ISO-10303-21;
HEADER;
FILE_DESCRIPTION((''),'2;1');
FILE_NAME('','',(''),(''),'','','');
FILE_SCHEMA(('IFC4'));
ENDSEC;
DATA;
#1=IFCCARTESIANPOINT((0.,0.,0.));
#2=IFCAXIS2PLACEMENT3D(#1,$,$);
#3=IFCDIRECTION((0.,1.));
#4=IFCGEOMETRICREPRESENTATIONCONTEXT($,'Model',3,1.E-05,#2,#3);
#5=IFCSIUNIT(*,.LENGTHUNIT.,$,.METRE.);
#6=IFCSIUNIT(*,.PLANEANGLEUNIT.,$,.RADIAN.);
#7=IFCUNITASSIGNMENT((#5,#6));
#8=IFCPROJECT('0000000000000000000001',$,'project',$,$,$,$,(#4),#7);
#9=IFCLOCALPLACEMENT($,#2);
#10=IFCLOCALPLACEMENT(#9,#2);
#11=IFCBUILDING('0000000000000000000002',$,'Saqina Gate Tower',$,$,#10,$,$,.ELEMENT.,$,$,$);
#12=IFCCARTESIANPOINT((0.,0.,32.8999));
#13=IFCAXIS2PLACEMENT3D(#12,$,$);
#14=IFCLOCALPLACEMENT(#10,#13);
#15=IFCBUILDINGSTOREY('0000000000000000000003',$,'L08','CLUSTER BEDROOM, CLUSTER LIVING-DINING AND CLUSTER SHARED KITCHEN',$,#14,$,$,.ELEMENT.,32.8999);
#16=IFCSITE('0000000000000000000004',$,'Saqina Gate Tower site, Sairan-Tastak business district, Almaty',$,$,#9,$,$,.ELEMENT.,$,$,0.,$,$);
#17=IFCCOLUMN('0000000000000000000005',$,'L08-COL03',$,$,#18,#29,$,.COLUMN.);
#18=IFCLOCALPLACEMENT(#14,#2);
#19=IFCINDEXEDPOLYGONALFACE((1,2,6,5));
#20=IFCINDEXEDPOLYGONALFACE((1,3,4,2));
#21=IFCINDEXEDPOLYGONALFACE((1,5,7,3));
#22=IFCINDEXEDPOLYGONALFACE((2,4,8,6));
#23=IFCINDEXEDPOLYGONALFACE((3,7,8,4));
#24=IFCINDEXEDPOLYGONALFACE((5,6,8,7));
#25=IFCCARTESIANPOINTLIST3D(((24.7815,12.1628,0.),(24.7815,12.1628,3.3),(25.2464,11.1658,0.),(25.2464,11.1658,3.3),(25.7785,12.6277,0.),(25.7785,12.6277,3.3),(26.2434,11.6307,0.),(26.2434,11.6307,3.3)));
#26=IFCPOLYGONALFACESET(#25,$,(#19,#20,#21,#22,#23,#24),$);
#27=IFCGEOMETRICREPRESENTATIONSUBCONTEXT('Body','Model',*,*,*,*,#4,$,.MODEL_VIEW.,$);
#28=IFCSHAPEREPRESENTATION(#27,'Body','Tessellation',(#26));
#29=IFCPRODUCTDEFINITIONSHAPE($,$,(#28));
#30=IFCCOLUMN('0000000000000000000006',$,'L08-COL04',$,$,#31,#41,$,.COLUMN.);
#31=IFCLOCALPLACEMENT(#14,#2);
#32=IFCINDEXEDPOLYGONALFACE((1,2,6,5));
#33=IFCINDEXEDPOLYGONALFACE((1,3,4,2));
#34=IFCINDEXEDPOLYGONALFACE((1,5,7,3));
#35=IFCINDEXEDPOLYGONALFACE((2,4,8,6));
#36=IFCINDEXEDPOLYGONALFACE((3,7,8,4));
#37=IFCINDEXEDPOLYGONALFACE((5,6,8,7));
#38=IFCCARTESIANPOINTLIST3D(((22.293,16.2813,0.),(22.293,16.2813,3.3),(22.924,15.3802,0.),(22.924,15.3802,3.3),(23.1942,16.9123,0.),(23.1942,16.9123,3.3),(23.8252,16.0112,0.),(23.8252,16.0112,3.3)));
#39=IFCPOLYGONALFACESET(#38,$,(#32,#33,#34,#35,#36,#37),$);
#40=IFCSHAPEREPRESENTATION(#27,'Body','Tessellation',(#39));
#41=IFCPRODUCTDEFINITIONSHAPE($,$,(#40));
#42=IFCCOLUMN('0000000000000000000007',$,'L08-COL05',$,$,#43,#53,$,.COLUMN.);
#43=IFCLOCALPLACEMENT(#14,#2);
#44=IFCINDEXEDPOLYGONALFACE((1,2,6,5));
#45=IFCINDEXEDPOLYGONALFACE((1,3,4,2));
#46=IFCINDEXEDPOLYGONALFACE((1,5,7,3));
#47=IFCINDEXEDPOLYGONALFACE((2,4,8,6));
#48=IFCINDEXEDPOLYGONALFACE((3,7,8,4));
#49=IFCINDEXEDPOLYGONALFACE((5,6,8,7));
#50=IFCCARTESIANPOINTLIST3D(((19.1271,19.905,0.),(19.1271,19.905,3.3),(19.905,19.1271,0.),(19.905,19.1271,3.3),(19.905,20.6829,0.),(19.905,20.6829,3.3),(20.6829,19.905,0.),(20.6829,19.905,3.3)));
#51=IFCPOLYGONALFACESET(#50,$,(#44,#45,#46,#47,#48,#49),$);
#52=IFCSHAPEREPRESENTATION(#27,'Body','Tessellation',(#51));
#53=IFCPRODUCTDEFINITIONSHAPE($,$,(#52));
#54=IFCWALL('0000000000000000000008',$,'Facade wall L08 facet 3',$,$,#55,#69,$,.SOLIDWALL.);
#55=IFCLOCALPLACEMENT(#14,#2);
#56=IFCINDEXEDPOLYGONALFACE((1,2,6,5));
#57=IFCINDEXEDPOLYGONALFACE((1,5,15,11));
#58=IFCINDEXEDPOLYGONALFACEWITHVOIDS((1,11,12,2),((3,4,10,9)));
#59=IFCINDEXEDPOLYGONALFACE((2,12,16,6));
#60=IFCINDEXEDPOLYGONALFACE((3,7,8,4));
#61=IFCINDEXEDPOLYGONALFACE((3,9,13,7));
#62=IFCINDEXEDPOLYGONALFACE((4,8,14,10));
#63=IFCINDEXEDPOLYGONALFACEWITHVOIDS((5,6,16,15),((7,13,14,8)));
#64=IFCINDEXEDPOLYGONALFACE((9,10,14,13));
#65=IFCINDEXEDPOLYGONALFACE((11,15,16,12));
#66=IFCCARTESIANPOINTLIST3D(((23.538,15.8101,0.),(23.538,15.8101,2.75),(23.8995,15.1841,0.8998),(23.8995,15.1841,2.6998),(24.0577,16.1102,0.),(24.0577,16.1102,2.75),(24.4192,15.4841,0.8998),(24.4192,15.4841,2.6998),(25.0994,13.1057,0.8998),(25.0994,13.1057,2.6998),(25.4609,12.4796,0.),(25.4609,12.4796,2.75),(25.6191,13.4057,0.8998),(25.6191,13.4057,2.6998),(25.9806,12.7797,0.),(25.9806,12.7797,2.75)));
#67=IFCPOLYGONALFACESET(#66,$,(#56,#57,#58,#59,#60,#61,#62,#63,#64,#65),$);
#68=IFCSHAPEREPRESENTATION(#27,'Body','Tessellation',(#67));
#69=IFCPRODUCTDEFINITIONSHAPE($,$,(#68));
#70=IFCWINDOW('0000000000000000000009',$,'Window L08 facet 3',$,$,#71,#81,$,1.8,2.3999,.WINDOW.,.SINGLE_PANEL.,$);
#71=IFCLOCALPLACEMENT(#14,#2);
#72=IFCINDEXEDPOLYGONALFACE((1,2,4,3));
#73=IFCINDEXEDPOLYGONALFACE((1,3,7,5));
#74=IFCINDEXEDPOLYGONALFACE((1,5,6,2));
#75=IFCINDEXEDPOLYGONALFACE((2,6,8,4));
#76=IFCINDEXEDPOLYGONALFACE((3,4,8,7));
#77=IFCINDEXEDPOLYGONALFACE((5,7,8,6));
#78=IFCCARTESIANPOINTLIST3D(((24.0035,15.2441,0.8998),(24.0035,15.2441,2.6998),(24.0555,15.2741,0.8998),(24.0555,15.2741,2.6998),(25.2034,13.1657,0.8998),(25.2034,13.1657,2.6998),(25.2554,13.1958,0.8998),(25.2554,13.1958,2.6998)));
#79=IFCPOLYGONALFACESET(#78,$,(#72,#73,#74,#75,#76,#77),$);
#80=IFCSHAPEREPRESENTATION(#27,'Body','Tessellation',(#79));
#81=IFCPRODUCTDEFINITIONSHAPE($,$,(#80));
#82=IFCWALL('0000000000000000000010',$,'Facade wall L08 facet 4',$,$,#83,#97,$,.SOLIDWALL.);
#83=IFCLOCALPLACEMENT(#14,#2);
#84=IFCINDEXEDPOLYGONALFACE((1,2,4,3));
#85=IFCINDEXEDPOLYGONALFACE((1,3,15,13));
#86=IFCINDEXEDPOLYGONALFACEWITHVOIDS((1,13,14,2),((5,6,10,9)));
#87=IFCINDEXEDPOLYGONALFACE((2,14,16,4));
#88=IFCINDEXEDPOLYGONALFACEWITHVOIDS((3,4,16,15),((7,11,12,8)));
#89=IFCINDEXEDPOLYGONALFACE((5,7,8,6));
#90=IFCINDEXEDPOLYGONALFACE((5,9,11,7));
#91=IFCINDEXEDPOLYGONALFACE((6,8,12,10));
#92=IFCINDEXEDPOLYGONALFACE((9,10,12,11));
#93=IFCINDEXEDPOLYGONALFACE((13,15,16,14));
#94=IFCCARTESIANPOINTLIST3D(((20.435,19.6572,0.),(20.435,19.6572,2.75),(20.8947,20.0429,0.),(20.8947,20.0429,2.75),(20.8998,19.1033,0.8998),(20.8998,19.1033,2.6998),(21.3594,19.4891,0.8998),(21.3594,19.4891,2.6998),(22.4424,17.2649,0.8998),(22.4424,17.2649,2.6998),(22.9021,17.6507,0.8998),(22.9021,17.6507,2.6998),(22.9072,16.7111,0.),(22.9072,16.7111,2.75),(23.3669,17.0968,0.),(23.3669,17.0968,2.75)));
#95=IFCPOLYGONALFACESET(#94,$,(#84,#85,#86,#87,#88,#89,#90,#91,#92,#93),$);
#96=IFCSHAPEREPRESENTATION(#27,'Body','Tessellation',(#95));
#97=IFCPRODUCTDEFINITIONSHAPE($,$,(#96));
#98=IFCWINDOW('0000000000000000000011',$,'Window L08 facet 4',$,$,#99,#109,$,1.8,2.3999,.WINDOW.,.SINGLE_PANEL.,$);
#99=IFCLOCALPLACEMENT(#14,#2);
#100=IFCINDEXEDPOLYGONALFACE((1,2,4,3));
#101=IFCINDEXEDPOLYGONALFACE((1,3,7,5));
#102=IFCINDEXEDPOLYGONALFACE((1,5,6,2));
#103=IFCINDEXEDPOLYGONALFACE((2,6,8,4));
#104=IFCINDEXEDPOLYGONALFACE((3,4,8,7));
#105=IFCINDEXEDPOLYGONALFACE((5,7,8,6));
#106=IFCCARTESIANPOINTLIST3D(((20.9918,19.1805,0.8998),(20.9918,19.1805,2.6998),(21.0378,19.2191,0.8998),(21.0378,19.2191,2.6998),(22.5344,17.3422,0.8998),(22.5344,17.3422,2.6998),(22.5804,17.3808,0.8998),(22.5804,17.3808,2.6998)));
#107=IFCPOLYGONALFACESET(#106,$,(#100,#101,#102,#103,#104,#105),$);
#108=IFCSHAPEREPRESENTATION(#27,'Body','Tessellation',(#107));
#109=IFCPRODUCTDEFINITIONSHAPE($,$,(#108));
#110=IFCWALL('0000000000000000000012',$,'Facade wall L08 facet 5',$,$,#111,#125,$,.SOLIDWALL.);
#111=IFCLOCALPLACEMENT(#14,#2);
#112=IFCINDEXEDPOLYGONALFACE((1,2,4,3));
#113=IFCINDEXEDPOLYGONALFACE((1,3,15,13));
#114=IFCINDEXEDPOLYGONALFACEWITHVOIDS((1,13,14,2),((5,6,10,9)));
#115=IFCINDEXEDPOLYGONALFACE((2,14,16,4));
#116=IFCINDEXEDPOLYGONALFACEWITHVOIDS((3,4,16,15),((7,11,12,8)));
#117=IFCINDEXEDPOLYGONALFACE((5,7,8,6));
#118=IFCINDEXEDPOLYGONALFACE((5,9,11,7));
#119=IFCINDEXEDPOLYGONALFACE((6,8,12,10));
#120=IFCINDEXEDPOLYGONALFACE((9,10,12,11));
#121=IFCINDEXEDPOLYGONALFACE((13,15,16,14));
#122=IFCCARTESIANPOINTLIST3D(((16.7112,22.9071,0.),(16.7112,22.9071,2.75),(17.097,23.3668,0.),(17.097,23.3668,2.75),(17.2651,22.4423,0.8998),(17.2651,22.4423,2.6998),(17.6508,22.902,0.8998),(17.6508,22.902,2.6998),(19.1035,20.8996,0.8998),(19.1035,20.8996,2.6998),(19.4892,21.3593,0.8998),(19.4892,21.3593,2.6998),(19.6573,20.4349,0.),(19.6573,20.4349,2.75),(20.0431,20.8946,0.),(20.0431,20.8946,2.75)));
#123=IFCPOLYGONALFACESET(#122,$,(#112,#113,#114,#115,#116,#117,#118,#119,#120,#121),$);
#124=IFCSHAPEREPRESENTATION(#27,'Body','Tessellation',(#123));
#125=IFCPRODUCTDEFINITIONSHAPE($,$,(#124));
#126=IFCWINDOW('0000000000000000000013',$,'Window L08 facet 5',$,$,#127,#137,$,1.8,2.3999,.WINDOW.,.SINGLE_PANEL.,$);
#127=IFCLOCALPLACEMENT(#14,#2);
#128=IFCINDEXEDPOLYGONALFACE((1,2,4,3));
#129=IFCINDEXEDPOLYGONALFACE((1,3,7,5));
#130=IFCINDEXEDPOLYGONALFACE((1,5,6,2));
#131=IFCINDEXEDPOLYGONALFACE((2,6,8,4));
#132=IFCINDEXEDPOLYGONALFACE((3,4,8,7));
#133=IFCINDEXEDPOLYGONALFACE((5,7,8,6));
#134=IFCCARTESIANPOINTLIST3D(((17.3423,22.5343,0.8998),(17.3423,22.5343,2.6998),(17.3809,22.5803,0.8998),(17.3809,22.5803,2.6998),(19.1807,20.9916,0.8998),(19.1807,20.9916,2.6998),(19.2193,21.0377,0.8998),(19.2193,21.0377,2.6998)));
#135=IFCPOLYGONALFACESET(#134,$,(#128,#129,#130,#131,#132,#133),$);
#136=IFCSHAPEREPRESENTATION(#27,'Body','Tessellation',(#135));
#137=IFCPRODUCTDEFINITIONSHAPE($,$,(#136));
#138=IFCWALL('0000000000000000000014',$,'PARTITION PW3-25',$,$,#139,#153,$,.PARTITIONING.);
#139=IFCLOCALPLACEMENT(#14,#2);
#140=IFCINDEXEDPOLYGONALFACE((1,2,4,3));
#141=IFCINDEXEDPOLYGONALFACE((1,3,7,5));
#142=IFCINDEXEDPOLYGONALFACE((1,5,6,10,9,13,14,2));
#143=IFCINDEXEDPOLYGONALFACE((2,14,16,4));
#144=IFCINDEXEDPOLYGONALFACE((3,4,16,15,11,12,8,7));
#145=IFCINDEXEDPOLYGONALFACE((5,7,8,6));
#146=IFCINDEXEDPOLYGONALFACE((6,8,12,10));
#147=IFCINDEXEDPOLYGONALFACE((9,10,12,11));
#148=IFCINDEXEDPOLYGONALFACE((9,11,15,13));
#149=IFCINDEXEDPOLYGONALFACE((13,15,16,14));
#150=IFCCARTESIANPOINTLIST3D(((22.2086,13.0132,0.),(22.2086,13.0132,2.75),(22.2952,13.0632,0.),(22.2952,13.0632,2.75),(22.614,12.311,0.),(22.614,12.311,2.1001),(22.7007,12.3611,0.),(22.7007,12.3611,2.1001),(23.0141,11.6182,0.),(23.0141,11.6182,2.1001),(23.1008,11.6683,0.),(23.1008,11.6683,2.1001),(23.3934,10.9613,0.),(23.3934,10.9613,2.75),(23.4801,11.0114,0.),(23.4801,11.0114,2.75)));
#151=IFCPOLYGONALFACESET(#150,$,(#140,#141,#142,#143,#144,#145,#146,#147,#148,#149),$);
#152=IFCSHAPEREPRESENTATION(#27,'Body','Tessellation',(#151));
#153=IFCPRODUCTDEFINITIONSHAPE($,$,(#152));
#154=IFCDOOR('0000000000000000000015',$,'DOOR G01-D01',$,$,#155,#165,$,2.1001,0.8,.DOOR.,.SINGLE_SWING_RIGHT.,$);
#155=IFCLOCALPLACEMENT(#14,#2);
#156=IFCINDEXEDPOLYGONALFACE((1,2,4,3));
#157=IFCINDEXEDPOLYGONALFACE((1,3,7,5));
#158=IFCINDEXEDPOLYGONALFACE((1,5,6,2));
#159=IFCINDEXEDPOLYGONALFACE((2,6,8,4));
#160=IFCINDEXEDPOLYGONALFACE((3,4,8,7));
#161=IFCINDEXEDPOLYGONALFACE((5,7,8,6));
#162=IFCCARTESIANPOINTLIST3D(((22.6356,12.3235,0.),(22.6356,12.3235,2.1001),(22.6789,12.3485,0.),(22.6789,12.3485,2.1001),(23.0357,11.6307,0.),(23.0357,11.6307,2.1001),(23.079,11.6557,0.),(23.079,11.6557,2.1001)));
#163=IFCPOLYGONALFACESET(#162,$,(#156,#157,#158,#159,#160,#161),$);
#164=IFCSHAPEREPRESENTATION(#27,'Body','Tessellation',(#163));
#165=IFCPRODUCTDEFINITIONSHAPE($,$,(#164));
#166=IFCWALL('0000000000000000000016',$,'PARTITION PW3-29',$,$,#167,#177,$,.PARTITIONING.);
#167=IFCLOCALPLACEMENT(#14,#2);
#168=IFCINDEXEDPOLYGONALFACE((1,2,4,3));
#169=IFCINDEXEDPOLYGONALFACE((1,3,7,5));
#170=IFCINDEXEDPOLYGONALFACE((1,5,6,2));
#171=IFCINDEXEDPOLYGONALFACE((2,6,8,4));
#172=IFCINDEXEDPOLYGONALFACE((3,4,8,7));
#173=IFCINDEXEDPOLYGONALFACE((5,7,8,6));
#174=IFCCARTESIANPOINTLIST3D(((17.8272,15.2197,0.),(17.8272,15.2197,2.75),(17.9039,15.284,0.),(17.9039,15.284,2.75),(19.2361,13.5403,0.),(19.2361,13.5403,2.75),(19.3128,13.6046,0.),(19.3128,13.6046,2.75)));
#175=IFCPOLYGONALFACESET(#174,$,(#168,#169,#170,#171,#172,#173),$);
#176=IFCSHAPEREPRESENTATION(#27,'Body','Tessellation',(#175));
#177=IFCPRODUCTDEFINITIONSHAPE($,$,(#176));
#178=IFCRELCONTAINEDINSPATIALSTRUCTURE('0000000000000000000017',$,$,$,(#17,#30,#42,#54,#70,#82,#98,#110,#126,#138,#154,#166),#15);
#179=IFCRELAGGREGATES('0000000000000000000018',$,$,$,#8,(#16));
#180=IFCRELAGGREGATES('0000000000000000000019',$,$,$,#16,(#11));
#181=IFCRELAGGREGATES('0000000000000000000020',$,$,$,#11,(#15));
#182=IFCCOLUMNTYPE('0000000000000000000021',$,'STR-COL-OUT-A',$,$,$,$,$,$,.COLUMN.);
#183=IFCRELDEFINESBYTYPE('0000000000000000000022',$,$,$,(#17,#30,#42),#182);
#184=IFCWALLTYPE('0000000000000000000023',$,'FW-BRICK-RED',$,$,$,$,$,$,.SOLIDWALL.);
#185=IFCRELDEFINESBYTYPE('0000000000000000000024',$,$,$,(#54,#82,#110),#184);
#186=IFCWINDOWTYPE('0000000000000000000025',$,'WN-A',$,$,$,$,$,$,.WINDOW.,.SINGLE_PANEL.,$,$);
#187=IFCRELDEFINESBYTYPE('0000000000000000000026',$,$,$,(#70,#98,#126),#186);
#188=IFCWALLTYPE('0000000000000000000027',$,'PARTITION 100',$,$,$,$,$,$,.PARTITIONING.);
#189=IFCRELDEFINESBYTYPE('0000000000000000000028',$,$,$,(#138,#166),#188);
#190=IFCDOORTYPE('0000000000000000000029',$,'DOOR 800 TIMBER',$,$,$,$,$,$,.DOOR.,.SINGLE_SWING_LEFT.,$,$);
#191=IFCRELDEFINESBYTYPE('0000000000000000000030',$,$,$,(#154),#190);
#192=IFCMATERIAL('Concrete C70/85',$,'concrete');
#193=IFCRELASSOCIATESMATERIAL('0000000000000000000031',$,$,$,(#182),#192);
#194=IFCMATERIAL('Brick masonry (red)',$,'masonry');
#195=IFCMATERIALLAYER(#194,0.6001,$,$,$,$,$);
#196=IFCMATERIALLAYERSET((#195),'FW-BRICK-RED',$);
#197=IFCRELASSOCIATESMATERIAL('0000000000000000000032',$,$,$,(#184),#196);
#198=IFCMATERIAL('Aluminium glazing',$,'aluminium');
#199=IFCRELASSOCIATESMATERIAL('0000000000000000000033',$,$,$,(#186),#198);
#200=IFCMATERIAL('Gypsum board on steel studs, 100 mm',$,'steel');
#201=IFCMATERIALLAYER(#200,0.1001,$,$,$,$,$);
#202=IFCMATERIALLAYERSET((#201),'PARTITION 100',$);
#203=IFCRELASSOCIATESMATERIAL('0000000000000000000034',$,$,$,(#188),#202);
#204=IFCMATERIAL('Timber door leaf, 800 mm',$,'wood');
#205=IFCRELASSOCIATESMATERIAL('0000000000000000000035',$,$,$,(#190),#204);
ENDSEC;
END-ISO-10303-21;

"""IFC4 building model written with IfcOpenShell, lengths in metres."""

from ifc_helpers import new_model, si_unit, direction, frame, frame_2d, origin, origin_2d, place, context, subcontext, project, spatial, rectangle, extrude, material, layer, layer_set, material_profile, profile_set, type_object, element, fill, save


model = new_model("IFC4")

# Units and contexts
model_context = context("Model", 3, precision=1e-05, world=origin(), true_north=direction((0.0, 1.0)))
body_context = subcontext(model_context, "Body", "Model", "MODEL_VIEW")
ifc_project = project(units=[si_unit("LENGTHUNIT", "METRE"), si_unit("PLANEANGLEUNIT", "RADIAN")], contexts=[model_context])

# Site, building, storey
site_placement = place(None, origin())
site = spatial("IfcSite", under=ifc_project, at=site_placement, Name="Saqina Gate Tower site, Sairan-Tastak business district, Almaty", CompositionType="ELEMENT", RefElevation=0.0)
building_placement = place(site_placement, origin())
building = spatial("IfcBuilding", under=site, at=building_placement, Name="Saqina Gate Tower", CompositionType="ELEMENT")
storey_placement = place(building_placement, frame((0.0, 0.0, 32.8999)))
storey = spatial("IfcBuildingStorey", under=building, at=storey_placement, Name="L08", Description="CLUSTER BEDROOM, CLUSTER LIVING-DINING AND CLUSTER SHARED KITCHEN", CompositionType="ELEMENT", Elevation=32.8999)

# Columns
ifc_material_1 = material(Name="Concrete C70/85", Category="concrete")
ifc_material_profile = material_profile(ifc_material_1, rectangle(XDim=1.1001, YDim=1.1001, at=origin_2d()), Name="RC 1100x1100")
ifc_profile_set = profile_set([ifc_material_profile], Name="Concrete C70/85")
column_type = type_object("IfcColumnType", Name="STR-COL-OUT-A", PredefinedType="COLUMN", material=ifc_profile_set)
for number, where, z_axis, x_axis, name in (
    (1, (25.5125, 11.8967, 0.0), (0.0, 0.0, 1.0), (0.906308, 0.422618, 0.0), "L08-COL03"),
    (2, (23.0591, 16.1462, 0.0), (0.0, 0.0, 1.0), (0.819152, 0.573576, 0.0), "L08-COL04"),
    (3, (19.905, 19.905, 0.0), (0.0, 0.0, 1.0), (0.707107, 0.707107, 0.0), "L08-COL05"),
):
    element("IfcColumn", number, at=place(storey_placement, frame(where, z_axis=z_axis, x_axis=x_axis)), inside=storey, type_object=column_type, Name=name, PredefinedType="COLUMN", context=body_context, shape_type="SweptSolid", body=[
        extrude(rectangle(XDim=1.1001, YDim=1.1001, at=origin_2d()), origin(), (0.0, 0.0, 1.0), 3.3),
    ])

# Walls, openings, windows
ifc_material_2 = material(Name="Brick masonry (red)", Category="masonry")
ifc_layer_1 = layer(ifc_material_2, 0.6001)
ifc_layer_set_1 = layer_set([ifc_layer_1], Name="FW-BRICK-RED")
wall_type_1 = type_object("IfcWallType", Name="FW-BRICK-RED", PredefinedType="SOLIDWALL", material=ifc_layer_set_1)
wall_1_placement = place(storey_placement, frame((25.7207, 12.6296, 0.0), z_axis=(0.0, 0.0, 1.0), x_axis=(-0.49999, 0.866031, 0.0)))
wall_1 = element("IfcWall", 4, at=wall_1_placement, inside=storey, type_object=wall_type_1, Name="Facade wall L08 facet 3", PredefinedType="SOLIDWALL", context=body_context, shape_type="SweptSolid", body=[
    extrude(rectangle(XDim=3.8457, YDim=0.6001, at=frame_2d((1.9229, 0.0))), origin(), (0.0, 0.0, 1.0), 2.75),
])
opening_1_placement = place(wall_1_placement, frame((0.7229, 0.0, 0.8999)))
opening_1 = element("IfcOpeningElement", 5, at=opening_1_placement, cuts=wall_1, PredefinedType="OPENING", context=body_context, shape_type="SweptSolid", body=[
    extrude(rectangle(XDim=2.3999, YDim=1.8, at=frame_2d((1.2, 0.8999))), frame((0.0, 0.312, 0.0), z_axis=(0.0, -1.0, 0.0), x_axis=(1.0, 0.0, 0.0)), (0.0, 0.0, 1.0), 0.624),
])
ifc_material_3 = material(Name="Aluminium glazing", Category="aluminium")
window_type = type_object("IfcWindowType", Name="WN-A", PartitioningType="SINGLE_PANEL", PredefinedType="WINDOW", material=ifc_material_3)
window_1_placement = place(opening_1_placement, origin())
window_1 = element("IfcWindow", 6, at=window_1_placement, inside=storey, type_object=window_type, Name="Window L08 facet 3", OverallHeight=1.8, OverallWidth=2.3999, PartitioningType="SINGLE_PANEL", PredefinedType="WINDOW", context=body_context, shape_type="SweptSolid", body=[
    extrude(rectangle(XDim=2.3999, YDim=1.8, at=frame_2d((1.2, 0.8999))), frame((0.0, 0.1799, 0.0), z_axis=(0.0, -1.0, 0.0), x_axis=(1.0, 0.0, 0.0)), (0.0, 0.0, 1.0), 0.0601),
])
fill(opening_1, window_1)
wall_2_placement = place(storey_placement, frame((23.137, 16.9041, 0.0), z_axis=(0.0, 0.0, 1.0), x_axis=(-0.642809, 0.766026, 0.0)))
wall_2 = element("IfcWall", 7, at=wall_2_placement, inside=storey, type_object=wall_type_1, Name="Facade wall L08 facet 4", PredefinedType="SOLIDWALL", context=body_context, shape_type="SweptSolid", body=[
    extrude(rectangle(XDim=3.8459, YDim=0.6001, at=frame_2d((1.9229, 0.0))), origin(), (0.0, 0.0, 1.0), 2.75),
])
opening_2_placement = place(wall_2_placement, frame((0.7229, 0.0, 0.8999)))
opening_2 = element("IfcOpeningElement", 8, at=opening_2_placement, cuts=wall_2, PredefinedType="OPENING", context=body_context, shape_type="SweptSolid", body=[
    extrude(rectangle(XDim=2.3999, YDim=1.8, at=frame_2d((1.2, 0.8999))), frame((0.0, 0.312, 0.0), z_axis=(0.0, -1.0, 0.0), x_axis=(1.0, 0.0, 0.0)), (0.0, 0.0, 1.0), 0.624),
])
window_2_placement = place(opening_2_placement, origin())
window_2 = element("IfcWindow", 9, at=window_2_placement, inside=storey, type_object=window_type, Name="Window L08 facet 4", OverallHeight=1.8, OverallWidth=2.3999, PartitioningType="SINGLE_PANEL", PredefinedType="WINDOW", context=body_context, shape_type="SweptSolid", body=[
    extrude(rectangle(XDim=2.3999, YDim=1.8, at=frame_2d((1.2, 0.8999))), frame((0.0, 0.1799, 0.0), z_axis=(0.0, -1.0, 0.0), x_axis=(1.0, 0.0, 0.0)), (0.0, 0.0, 1.0), 0.0601),
])
fill(opening_2, window_2)
wall_3_placement = place(storey_placement, frame((19.8501, 20.6648, 0.0), z_axis=(0.0, 0.0, 1.0), x_axis=(-0.766026, 0.642809, 0.0)))
wall_3 = element("IfcWall", 10, at=wall_3_placement, inside=storey, type_object=wall_type_1, Name="Facade wall L08 facet 5", PredefinedType="SOLIDWALL", context=body_context, shape_type="SweptSolid", body=[
    extrude(rectangle(XDim=3.8459, YDim=0.6001, at=frame_2d((1.9229, 0.0))), origin(), (0.0, 0.0, 1.0), 2.75),
])
opening_3_placement = place(wall_3_placement, frame((0.7229, 0.0, 0.8999)))
opening_3 = element("IfcOpeningElement", 11, at=opening_3_placement, cuts=wall_3, PredefinedType="OPENING", context=body_context, shape_type="SweptSolid", body=[
    extrude(rectangle(XDim=2.3999, YDim=1.8, at=frame_2d((1.2, 0.8999))), frame((0.0, 0.312, 0.0), z_axis=(0.0, -1.0, 0.0), x_axis=(1.0, 0.0, 0.0)), (0.0, 0.0, 1.0), 0.624),
])
window_3_placement = place(opening_3_placement, origin())
window_3 = element("IfcWindow", 12, at=window_3_placement, inside=storey, type_object=window_type, Name="Window L08 facet 5", OverallHeight=1.8, OverallWidth=2.3999, PartitioningType="SINGLE_PANEL", PredefinedType="WINDOW", context=body_context, shape_type="SweptSolid", body=[
    extrude(rectangle(XDim=2.3999, YDim=1.8, at=frame_2d((1.2, 0.8999))), frame((0.0, 0.1799, 0.0), z_axis=(0.0, -1.0, 0.0), x_axis=(1.0, 0.0, 0.0)), (0.0, 0.0, 1.0), 0.0601),
])
fill(opening_3, window_3)

# Wall, opening, door
ifc_material_4 = material(Name="Gypsum board on steel studs, 100 mm", Category="steel")
ifc_layer_2 = layer(ifc_material_4, 0.1001)
ifc_layer_set_2 = layer_set([ifc_layer_2], Name="PARTITION 100")
wall_type_2 = type_object("IfcWallType", Name="PARTITION 100", PredefinedType="PARTITIONING", material=ifc_layer_set_2)
wall_4_placement = place(storey_placement, frame((22.252, 13.0381, 0.0), z_axis=(0.0, 0.0, 1.0), x_axis=(0.500073, -0.865983, 0.0)))
wall_4 = element("IfcWall", 13, at=wall_4_placement, inside=storey, type_object=wall_type_2, Name="PARTITION PW3-25", PredefinedType="PARTITIONING", context=body_context, shape_type="SweptSolid", body=[
    extrude(rectangle(XDim=2.3694, YDim=0.1001, at=frame_2d((1.1846, 0.0))), origin(), (0.0, 0.0, 1.0), 2.75),
])
opening_4_placement = place(wall_4_placement, frame((0.8108, 0.0, 0.0)))
opening_4 = element("IfcOpeningElement", 14, at=opening_4_placement, cuts=wall_4, PredefinedType="OPENING", context=body_context, shape_type="SweptSolid", body=[
    extrude(rectangle(XDim=0.8, YDim=2.1001, at=frame_2d((0.3999, 1.05))), frame((0.0, 0.062, 0.0), z_axis=(0.0, -1.0, 0.0), x_axis=(1.0, 0.0, 0.0)), (0.0, 0.0, 1.0), 0.124),
])
ifc_material_5 = material(Name="Timber door leaf, 800 mm", Category="wood")
door_type_1 = type_object("IfcDoorType", Name="DOOR 800 TIMBER", OperationType="SINGLE_SWING_LEFT", PredefinedType="DOOR", material=ifc_material_5)
door_1_placement = place(opening_4_placement, origin())
door_1 = element("IfcDoor", 15, at=door_1_placement, inside=storey, type_object=door_type_1, Name="DOOR G01-D01", OperationType="SINGLE_SWING_RIGHT", OverallHeight=2.1001, OverallWidth=0.8, PredefinedType="DOOR", context=body_context, shape_type="SweptSolid", body=[
    extrude(rectangle(XDim=0.8, YDim=2.1001, at=frame_2d((0.3999, 1.05))), frame((0.0, 0.0249, 0.0), z_axis=(0.0, -1.0, 0.0), x_axis=(1.0, 0.0, 0.0)), (0.0, 0.0, 1.0), 0.05),
])
fill(opening_4, door_1)

# Wall
wall_5_placement = place(storey_placement, frame((17.8655, 15.252, 0.0), z_axis=(0.0, 0.0, 1.0), x_axis=(0.642711, -0.766108, 0.0)))
element("IfcWall", 16, at=wall_5_placement, inside=storey, type_object=wall_type_2, Name="PARTITION PW3-29", PredefinedType="PARTITIONING", context=body_context, shape_type="SweptSolid", body=[
    extrude(rectangle(XDim=2.1921, YDim=0.1001, at=frame_2d((1.0962, 0.0))), origin(), (0.0, 0.0, 1.0), 2.75),
])

save(model, "model.ifc")
